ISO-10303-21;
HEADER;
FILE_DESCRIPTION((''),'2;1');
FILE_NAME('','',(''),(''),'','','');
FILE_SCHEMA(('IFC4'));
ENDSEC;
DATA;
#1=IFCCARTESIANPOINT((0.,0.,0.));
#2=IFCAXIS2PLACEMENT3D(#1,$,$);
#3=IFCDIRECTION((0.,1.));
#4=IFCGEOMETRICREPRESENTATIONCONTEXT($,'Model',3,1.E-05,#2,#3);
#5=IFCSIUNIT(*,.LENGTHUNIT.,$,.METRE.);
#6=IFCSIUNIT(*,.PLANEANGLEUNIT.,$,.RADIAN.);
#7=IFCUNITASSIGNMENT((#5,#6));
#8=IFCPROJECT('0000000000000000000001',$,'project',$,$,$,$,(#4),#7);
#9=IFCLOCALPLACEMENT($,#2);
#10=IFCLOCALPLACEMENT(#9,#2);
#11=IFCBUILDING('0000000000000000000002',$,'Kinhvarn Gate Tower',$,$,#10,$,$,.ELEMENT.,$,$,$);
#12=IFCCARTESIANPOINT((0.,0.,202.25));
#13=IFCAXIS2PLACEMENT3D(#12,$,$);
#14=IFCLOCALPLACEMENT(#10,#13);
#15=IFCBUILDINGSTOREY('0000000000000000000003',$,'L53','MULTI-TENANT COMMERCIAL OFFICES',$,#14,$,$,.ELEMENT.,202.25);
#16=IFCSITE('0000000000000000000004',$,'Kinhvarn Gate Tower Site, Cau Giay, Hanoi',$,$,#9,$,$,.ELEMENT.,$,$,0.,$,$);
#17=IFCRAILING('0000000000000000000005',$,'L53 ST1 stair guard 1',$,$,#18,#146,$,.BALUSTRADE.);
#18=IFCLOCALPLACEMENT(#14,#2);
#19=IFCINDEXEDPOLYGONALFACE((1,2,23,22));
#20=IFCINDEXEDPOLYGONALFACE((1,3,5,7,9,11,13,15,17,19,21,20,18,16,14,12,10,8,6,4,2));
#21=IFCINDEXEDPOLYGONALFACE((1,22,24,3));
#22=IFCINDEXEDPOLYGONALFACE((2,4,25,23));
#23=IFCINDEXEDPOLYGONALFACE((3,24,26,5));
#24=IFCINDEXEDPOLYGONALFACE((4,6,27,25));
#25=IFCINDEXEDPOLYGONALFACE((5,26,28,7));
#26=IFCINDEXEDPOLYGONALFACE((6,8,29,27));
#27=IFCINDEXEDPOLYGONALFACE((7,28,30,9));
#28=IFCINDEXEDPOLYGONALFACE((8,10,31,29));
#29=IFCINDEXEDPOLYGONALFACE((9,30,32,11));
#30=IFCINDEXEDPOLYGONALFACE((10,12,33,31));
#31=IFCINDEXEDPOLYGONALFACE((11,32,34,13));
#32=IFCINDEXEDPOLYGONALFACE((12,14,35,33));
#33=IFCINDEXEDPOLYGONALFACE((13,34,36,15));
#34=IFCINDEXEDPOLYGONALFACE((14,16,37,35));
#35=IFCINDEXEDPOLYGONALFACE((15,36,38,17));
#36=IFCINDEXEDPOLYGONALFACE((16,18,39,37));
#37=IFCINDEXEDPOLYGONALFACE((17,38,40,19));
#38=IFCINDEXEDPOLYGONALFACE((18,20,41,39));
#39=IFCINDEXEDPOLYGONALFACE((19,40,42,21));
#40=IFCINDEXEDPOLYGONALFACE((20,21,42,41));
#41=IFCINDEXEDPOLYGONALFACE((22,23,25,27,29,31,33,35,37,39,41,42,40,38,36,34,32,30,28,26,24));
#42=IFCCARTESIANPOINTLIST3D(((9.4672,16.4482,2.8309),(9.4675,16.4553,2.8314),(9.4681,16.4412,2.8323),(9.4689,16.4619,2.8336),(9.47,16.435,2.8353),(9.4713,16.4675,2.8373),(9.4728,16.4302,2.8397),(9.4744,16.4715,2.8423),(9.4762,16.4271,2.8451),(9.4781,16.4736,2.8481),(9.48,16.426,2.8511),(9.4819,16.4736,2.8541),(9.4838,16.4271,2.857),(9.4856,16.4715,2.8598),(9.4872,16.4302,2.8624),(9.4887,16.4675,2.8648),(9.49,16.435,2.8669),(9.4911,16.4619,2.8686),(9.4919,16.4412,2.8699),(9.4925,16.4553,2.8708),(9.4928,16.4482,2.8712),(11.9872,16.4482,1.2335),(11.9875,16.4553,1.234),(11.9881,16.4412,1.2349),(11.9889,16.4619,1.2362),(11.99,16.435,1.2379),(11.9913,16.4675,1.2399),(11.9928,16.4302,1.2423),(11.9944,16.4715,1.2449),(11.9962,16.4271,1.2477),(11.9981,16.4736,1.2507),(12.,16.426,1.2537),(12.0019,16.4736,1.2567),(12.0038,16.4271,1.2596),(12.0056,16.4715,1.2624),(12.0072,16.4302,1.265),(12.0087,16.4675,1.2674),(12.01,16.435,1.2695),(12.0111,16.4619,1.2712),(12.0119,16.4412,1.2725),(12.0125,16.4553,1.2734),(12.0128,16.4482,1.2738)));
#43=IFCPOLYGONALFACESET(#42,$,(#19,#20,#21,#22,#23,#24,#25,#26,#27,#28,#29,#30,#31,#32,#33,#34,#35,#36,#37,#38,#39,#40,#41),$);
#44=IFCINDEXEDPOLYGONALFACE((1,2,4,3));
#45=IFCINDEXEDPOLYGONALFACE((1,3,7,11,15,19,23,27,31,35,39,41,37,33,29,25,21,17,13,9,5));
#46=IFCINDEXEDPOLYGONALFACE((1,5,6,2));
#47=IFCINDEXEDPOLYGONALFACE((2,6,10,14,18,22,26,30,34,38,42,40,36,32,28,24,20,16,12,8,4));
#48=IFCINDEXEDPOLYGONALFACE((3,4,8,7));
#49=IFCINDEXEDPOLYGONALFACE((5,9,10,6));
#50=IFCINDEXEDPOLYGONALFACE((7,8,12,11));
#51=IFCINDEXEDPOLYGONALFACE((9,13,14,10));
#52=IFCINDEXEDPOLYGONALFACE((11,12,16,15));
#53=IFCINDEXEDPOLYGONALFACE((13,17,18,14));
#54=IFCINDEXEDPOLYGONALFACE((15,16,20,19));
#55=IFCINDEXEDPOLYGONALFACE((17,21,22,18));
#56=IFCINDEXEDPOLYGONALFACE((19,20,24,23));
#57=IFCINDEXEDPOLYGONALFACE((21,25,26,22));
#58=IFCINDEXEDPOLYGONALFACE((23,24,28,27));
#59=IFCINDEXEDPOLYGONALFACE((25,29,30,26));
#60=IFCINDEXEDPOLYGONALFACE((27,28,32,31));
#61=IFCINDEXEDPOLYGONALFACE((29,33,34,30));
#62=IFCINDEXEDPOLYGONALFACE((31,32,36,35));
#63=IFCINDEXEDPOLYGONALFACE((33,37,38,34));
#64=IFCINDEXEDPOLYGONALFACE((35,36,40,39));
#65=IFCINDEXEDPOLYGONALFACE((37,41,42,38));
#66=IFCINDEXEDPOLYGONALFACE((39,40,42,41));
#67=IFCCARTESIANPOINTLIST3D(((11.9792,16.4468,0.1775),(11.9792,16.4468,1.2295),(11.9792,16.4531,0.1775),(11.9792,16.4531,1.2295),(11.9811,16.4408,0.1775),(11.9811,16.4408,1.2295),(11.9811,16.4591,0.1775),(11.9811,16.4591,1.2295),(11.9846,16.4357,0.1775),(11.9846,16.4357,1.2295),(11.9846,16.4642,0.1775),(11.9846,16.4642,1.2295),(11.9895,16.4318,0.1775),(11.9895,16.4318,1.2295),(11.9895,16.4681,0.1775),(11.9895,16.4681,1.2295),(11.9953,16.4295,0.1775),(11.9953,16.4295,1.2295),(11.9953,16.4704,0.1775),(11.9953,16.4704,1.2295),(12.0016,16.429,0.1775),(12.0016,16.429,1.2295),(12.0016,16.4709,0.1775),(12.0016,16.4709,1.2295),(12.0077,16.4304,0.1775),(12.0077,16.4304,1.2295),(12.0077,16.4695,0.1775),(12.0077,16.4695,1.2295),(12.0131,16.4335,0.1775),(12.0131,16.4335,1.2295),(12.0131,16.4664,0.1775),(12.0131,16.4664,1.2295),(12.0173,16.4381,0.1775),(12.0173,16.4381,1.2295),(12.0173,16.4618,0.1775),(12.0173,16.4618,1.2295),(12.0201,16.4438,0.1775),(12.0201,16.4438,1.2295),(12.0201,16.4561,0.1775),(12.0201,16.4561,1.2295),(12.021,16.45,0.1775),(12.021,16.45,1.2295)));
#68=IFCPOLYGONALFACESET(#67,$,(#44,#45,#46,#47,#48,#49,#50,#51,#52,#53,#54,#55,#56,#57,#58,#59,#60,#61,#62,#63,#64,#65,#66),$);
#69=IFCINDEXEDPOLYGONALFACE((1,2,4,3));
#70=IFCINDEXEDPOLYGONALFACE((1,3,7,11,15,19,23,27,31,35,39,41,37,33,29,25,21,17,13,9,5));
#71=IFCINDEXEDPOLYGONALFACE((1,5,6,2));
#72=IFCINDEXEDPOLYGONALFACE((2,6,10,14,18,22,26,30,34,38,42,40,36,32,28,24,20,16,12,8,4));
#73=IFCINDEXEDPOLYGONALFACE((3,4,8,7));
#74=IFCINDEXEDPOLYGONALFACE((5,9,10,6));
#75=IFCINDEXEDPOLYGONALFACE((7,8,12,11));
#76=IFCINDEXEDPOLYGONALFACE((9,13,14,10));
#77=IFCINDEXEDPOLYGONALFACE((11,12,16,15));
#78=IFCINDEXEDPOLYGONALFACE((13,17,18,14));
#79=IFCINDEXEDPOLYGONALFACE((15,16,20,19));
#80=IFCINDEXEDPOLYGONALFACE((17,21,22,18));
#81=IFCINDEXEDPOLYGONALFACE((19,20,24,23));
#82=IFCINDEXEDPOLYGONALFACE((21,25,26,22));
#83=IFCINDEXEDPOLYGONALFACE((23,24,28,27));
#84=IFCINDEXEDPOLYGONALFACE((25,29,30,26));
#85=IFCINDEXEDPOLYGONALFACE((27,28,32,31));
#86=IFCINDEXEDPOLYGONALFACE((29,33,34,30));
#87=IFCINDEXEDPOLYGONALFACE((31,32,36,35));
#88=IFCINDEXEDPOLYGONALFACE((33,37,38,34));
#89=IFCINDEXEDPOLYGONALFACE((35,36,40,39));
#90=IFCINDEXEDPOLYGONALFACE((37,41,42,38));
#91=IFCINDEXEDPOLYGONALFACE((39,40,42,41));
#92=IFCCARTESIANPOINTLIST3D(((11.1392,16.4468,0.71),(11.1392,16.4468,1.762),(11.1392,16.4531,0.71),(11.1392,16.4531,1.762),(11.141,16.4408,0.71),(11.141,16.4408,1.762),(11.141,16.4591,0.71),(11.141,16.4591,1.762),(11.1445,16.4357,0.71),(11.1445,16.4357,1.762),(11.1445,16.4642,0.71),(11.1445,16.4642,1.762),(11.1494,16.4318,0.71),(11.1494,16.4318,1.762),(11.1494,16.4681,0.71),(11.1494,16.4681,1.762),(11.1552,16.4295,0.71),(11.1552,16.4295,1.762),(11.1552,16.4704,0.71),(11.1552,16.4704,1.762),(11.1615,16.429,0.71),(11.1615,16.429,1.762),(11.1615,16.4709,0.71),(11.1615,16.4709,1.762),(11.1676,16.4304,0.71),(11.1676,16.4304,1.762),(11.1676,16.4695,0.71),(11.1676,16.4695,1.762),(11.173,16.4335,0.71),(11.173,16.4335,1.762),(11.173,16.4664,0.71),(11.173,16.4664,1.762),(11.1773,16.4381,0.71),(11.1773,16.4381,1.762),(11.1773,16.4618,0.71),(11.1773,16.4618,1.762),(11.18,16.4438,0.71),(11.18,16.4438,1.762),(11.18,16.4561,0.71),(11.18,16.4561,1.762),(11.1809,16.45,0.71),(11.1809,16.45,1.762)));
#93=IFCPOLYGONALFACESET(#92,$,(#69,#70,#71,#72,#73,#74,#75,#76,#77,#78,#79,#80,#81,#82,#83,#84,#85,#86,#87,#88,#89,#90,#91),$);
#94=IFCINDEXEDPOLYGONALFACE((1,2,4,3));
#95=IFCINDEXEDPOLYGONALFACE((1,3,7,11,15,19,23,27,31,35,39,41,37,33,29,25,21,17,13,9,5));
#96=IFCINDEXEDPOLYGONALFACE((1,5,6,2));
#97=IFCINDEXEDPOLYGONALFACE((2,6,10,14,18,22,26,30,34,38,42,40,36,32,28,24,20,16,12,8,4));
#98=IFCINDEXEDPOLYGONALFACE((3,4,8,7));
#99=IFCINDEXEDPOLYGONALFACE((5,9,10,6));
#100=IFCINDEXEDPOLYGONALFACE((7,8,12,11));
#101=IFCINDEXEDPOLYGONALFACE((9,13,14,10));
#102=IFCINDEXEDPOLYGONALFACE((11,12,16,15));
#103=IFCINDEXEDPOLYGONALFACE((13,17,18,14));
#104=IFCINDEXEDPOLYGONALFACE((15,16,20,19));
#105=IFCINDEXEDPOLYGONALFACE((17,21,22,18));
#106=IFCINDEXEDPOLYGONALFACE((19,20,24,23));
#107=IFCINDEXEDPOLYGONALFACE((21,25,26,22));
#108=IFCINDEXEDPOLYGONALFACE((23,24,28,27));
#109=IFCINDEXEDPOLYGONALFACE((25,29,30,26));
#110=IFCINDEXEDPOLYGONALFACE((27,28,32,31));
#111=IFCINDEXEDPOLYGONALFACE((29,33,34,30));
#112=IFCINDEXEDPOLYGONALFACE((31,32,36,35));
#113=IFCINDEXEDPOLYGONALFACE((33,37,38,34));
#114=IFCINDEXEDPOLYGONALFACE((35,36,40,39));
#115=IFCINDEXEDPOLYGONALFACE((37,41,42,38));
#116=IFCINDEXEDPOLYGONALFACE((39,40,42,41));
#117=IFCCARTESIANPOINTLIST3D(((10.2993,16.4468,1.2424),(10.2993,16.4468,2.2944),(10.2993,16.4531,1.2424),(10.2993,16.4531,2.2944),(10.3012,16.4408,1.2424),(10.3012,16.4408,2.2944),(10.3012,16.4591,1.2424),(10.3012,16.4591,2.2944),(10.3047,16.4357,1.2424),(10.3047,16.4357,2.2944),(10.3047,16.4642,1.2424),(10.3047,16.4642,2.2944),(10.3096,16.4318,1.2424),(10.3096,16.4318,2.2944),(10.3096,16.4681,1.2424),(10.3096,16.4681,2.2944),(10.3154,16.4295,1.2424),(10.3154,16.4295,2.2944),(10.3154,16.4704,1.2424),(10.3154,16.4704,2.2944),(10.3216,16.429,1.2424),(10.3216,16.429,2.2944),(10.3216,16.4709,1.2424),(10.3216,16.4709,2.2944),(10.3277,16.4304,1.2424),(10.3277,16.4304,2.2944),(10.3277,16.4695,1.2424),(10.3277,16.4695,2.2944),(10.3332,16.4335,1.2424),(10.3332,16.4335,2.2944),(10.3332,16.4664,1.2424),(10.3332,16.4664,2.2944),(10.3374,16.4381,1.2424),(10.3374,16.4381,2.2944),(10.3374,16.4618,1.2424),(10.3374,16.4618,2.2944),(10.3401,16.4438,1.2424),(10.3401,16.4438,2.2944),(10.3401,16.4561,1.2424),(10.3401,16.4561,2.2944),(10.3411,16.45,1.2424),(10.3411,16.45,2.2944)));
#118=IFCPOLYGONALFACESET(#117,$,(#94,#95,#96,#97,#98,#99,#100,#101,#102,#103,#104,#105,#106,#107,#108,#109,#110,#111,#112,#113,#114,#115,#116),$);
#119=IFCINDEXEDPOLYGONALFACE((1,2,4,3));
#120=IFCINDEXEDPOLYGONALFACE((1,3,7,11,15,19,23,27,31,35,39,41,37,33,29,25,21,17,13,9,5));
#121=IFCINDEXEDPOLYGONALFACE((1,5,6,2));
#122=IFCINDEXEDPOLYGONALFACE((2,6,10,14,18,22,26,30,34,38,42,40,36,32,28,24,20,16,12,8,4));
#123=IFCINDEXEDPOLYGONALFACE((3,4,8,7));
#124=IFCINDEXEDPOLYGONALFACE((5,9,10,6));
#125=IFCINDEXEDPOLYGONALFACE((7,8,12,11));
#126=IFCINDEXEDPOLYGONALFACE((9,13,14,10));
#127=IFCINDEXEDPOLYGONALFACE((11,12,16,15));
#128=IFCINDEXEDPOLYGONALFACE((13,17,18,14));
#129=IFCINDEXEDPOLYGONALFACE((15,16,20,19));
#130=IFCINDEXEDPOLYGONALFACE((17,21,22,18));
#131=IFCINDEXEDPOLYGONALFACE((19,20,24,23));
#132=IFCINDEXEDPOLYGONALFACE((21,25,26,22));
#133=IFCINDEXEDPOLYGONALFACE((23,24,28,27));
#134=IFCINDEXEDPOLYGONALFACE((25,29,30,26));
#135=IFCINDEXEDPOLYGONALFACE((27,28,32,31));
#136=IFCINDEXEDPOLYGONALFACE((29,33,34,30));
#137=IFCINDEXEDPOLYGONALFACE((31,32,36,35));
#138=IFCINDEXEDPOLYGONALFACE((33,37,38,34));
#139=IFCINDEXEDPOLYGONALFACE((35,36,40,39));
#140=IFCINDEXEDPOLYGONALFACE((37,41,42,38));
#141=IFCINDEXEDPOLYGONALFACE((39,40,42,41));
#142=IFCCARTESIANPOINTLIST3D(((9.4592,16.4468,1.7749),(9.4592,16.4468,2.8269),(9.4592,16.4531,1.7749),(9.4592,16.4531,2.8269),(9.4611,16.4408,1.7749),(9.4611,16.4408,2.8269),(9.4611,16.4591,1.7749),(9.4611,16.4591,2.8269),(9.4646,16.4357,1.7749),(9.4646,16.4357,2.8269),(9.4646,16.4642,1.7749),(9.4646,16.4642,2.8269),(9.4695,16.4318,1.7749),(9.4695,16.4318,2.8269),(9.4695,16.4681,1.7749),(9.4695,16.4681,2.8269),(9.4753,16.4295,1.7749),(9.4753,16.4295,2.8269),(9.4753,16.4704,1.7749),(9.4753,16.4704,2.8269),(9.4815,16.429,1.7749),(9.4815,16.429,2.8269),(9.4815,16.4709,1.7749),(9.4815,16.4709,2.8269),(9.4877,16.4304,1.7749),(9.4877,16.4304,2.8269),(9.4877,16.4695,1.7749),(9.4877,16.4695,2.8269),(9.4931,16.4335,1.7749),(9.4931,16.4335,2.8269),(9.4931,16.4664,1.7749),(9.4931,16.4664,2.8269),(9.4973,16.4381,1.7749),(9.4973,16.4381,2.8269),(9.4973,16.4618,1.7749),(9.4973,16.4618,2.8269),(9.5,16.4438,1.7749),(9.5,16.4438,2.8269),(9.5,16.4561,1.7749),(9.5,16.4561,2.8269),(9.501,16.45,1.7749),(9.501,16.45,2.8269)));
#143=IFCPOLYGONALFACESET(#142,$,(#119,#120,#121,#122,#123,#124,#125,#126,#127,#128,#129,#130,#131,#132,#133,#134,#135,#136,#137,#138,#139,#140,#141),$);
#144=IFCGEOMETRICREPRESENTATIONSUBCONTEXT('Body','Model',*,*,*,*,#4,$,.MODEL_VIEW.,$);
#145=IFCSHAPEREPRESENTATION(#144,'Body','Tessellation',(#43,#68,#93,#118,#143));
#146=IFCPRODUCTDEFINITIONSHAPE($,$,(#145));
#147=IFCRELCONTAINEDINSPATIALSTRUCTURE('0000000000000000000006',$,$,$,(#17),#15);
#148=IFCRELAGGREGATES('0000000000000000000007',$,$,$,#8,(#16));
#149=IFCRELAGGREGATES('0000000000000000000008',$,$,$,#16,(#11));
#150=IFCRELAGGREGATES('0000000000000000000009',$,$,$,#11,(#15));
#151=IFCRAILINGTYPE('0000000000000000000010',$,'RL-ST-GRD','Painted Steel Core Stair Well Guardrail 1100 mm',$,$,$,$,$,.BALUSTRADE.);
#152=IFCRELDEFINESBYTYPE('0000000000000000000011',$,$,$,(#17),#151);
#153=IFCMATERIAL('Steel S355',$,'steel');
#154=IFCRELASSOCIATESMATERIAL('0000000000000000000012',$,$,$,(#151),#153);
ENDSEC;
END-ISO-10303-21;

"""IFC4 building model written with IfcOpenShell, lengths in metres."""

from ifc_helpers import new_model, si_unit, direction, frame, origin, origin_2d, place, context, subcontext, project, spatial, circle, extrude, material, type_object, element, save


model = new_model("IFC4")

# Units and contexts
model_context = context("Model", 3, precision=1e-05, world=origin(), true_north=direction((0.0, 1.0)))
body_context = subcontext(model_context, "Body", "Model", "MODEL_VIEW")
ifc_project = project(units=[si_unit("LENGTHUNIT", "METRE"), si_unit("PLANEANGLEUNIT", "RADIAN")], contexts=[model_context])

# Site, building, storey
site_placement = place(None, origin())
site = spatial("IfcSite", under=ifc_project, at=site_placement, Name="Kinhvarn Gate Tower Site, Cau Giay, Hanoi", CompositionType="ELEMENT", RefElevation=0.0)
building_placement = place(site_placement, origin())
building = spatial("IfcBuilding", under=site, at=building_placement, Name="Kinhvarn Gate Tower", CompositionType="ELEMENT")
storey_placement = place(building_placement, frame((0.0, 0.0, 202.25)))
storey = spatial("IfcBuildingStorey", under=building, at=storey_placement, Name="L53", Description="MULTI-TENANT COMMERCIAL OFFICES", CompositionType="ELEMENT", Elevation=202.25)

# Shared definitions
ifc_material_1 = material(Name="Steel S355", Category="steel")

# Railing
railing_type_1 = type_object("IfcRailingType", Name="RL-ST-GRD", Description="Painted Steel Core Stair Well Guardrail 1100 mm", PredefinedType="BALUSTRADE", material=ifc_material_1)
railing_1_placement = place(storey_placement, frame((12.0, 16.45, 0.1775)))
element("IfcRailing", 1, at=railing_1_placement, inside=storey, type_object=railing_type_1, Name="L53 ST1 stair guard 1", PredefinedType="BALUSTRADE", context=body_context, shape_type="SweptSolid", body=[
    extrude(circle(Radius=0.0239, at=origin_2d()), frame((0.0, 0.0, 1.0762), z_axis=(-0.844607, 0.0, 0.535387), x_axis=(0.0, -1.0, 0.0)), (0.0, 0.0, 1.0), 2.9836),
    extrude(circle(Radius=0.021, at=origin_2d()), origin(), (0.0, 0.0, 1.0), 1.052),
    extrude(circle(Radius=0.021, at=origin_2d()), frame((-0.8401, 0.0, 0.5325)), (0.0, 0.0, 1.0), 1.052),
    extrude(circle(Radius=0.021, at=origin_2d()), frame((-1.6799, 0.0, 1.0649)), (0.0, 0.0, 1.0), 1.052),
    extrude(circle(Radius=0.021, at=origin_2d()), frame((-2.52, 0.0, 1.5974)), (0.0, 0.0, 1.0), 1.052),
])

save(model, "model.ifc")
